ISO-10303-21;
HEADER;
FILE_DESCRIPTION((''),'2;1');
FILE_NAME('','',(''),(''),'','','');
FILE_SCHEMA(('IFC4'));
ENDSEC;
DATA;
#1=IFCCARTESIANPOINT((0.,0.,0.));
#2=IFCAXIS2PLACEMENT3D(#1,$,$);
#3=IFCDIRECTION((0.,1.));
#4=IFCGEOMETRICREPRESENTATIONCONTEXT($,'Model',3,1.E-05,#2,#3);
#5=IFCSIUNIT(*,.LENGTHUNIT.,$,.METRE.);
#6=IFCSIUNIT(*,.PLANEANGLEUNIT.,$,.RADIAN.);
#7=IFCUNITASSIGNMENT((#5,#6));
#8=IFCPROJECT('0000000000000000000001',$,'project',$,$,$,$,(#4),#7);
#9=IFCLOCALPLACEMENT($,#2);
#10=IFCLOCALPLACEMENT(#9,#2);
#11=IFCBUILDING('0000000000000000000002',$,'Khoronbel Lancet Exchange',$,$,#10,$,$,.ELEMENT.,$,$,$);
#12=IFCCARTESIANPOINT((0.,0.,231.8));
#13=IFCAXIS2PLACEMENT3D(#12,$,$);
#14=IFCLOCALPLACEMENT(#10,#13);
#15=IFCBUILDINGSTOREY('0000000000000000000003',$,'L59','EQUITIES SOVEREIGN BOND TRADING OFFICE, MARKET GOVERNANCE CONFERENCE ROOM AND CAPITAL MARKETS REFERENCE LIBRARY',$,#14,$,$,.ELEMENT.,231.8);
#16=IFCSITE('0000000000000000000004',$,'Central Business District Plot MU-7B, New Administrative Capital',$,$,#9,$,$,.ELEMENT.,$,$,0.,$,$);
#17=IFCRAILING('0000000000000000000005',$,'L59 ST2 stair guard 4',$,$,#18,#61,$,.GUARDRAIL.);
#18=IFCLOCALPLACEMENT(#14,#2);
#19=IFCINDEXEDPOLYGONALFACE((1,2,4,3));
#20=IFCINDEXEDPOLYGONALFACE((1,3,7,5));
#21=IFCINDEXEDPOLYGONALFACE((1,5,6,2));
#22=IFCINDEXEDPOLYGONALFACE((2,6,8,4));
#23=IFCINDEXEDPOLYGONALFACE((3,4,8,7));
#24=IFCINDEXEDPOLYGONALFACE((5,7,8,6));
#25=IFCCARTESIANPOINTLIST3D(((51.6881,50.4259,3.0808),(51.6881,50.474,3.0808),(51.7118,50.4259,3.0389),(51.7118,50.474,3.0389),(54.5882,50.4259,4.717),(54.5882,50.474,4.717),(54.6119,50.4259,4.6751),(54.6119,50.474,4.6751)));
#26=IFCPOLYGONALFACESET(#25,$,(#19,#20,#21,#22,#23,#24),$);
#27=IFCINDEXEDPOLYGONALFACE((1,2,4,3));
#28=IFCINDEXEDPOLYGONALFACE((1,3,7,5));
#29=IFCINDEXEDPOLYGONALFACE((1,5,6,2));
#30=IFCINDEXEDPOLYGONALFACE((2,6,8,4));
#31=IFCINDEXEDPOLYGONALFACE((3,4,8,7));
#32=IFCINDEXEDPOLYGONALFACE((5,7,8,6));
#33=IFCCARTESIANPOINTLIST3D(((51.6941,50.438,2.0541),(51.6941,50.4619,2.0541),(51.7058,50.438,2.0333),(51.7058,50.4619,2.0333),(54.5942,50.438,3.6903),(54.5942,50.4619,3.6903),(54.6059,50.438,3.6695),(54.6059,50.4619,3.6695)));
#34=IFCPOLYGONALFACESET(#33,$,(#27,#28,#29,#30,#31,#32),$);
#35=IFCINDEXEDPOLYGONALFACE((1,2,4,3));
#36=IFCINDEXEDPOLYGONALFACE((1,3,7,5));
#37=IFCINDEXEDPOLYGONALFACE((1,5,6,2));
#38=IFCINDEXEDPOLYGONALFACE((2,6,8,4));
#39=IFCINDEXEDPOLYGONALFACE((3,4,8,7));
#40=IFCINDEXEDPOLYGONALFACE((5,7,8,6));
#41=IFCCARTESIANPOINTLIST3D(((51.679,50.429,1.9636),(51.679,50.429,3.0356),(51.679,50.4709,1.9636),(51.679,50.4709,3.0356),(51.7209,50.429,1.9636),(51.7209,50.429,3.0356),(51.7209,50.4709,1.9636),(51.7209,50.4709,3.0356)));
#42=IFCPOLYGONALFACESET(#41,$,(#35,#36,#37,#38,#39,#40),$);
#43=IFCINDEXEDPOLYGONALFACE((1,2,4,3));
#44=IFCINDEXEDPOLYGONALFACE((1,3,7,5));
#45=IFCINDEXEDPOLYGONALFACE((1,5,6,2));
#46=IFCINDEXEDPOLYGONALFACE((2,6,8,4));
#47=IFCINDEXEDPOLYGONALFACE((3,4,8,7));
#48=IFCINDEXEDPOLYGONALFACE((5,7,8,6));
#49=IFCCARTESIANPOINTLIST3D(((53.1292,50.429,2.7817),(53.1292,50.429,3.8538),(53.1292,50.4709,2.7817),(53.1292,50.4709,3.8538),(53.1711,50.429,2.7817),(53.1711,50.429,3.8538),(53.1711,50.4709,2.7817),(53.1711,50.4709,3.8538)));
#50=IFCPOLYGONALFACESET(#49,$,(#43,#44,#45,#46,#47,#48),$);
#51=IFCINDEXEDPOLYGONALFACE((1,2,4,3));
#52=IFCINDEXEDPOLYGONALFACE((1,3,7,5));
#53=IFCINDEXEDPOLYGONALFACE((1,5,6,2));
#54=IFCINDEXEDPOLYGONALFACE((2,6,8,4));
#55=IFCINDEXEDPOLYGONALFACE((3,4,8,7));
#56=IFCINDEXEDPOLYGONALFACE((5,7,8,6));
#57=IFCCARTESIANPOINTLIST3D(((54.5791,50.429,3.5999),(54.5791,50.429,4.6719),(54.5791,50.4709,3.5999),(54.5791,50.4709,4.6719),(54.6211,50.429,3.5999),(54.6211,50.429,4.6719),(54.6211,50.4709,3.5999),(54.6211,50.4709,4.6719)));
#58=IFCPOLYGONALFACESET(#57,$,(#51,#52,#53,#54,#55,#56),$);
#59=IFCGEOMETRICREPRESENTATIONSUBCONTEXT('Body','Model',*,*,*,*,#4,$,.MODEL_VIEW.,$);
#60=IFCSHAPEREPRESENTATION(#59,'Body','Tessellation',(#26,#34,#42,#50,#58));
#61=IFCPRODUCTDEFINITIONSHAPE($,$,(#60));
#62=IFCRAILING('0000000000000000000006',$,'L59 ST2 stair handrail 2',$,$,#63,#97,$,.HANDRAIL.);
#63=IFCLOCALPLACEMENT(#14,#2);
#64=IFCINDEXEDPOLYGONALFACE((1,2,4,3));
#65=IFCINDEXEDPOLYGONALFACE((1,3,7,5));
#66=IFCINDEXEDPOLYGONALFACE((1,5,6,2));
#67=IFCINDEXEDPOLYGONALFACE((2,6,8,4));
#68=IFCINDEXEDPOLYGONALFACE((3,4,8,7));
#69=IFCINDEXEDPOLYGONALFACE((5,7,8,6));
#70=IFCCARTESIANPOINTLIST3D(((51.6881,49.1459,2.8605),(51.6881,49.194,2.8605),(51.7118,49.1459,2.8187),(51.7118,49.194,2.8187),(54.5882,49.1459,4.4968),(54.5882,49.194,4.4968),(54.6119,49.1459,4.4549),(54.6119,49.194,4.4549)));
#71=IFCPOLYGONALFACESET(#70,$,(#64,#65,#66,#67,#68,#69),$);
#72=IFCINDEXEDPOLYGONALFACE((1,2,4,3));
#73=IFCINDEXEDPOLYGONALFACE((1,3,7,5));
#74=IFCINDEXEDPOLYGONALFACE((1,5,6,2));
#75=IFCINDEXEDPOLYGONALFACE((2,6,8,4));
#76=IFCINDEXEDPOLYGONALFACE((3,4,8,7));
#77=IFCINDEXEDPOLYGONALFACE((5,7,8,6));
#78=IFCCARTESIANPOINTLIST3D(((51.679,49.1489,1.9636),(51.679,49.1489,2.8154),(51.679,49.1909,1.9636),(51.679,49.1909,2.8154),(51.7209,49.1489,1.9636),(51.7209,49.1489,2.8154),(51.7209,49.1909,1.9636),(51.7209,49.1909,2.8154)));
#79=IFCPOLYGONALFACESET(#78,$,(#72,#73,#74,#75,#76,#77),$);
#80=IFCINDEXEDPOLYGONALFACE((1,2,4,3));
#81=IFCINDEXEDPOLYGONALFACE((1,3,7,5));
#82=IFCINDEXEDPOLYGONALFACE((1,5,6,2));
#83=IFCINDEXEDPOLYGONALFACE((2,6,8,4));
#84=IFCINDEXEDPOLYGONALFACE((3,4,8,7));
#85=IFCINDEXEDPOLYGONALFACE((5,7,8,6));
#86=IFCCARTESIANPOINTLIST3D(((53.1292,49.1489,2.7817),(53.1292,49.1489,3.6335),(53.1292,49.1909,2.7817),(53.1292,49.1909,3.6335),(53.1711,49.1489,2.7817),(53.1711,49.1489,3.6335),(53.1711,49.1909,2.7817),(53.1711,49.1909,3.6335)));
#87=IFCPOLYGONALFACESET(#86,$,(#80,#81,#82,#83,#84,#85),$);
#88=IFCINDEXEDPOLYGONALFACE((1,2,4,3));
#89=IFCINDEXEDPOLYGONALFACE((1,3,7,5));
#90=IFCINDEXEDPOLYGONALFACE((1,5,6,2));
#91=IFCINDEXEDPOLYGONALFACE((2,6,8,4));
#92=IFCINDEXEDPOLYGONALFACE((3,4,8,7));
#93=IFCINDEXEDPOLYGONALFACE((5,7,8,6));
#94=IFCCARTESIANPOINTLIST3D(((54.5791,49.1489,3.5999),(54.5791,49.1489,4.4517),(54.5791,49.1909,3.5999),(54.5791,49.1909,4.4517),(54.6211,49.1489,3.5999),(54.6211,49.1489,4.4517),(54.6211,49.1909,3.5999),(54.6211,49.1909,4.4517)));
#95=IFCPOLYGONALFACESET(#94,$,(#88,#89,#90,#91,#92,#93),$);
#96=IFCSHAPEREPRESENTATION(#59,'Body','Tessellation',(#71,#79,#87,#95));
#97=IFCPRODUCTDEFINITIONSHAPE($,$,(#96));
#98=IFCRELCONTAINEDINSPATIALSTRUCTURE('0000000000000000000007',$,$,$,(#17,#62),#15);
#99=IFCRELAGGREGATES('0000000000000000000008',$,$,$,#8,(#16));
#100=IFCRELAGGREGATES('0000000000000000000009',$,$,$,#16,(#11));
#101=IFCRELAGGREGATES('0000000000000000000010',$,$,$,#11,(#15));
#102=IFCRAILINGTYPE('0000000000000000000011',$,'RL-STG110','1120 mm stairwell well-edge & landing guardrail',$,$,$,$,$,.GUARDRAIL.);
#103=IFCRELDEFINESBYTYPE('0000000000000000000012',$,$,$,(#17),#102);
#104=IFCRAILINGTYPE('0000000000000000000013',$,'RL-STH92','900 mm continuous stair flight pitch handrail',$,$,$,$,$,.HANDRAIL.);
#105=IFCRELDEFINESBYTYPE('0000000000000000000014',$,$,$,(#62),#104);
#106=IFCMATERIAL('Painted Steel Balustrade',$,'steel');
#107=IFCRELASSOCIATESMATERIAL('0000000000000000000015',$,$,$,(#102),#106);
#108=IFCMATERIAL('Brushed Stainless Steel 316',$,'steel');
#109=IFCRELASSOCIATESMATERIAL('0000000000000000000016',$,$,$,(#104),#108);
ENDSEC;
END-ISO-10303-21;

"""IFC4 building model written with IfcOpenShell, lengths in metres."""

from ifc_helpers import new_model, si_unit, direction, frame, origin, origin_2d, place, context, subcontext, project, spatial, rectangle, extrude, material, type_object, element, save


model = new_model("IFC4")

# Units and contexts
model_context = context("Model", 3, precision=1e-05, world=origin(), true_north=direction((0.0, 1.0)))
body_context = subcontext(model_context, "Body", "Model", "MODEL_VIEW")
ifc_project = project(units=[si_unit("LENGTHUNIT", "METRE"), si_unit("PLANEANGLEUNIT", "RADIAN")], contexts=[model_context])

# Site, building, storey
site_placement = place(None, origin())
site = spatial("IfcSite", under=ifc_project, at=site_placement, Name="Central Business District Plot MU-7B, New Administrative Capital", CompositionType="ELEMENT", RefElevation=0.0)
building_placement = place(site_placement, origin())
building = spatial("IfcBuilding", under=site, at=building_placement, Name="Khoronbel Lancet Exchange", CompositionType="ELEMENT")
storey_placement = place(building_placement, frame((0.0, 0.0, 231.8)))
storey = spatial("IfcBuildingStorey", under=building, at=storey_placement, Name="L59", Description="EQUITIES SOVEREIGN BOND TRADING OFFICE, MARKET GOVERNANCE CONFERENCE ROOM AND CAPITAL MARKETS REFERENCE LIBRARY", CompositionType="ELEMENT", Elevation=231.8)

# Railings
ifc_material_1 = material(Name="Painted Steel Balustrade", Category="steel")
railing_type_1 = type_object("IfcRailingType", Name="RL-STG110", Description="1120 mm stairwell well-edge & landing guardrail", PredefinedType="GUARDRAIL", material=ifc_material_1)
railing_1_placement = place(storey_placement, frame((51.7, 50.45, 1.9636)))
element("IfcRailing", 1, at=railing_1_placement, inside=storey, type_object=railing_type_1, Name="L59 ST2 stair guard 4", PredefinedType="GUARDRAIL", context=body_context, shape_type="SweptSolid", body=[
    extrude(rectangle(XDim=0.0481, YDim=0.0481, at=origin_2d()), frame((0.0, 0.0, 1.0962), z_axis=(0.870946, 0.0, 0.491378), x_axis=(0.0, 1.0, 0.0)), (0.0, 0.0, 1.0), 3.3298),
    extrude(rectangle(XDim=0.0239, YDim=0.0239, at=origin_2d()), frame((0.0, 0.0, 0.0801), z_axis=(0.870946, 0.0, 0.491378), x_axis=(0.0, 1.0, 0.0)), (0.0, 0.0, 1.0), 3.3298),
    extrude(rectangle(XDim=0.042, YDim=0.042, at=origin_2d()), origin(), (0.0, 0.0, 1.0), 1.072),
    extrude(rectangle(XDim=0.042, YDim=0.042, at=origin_2d()), frame((1.4502, 0.0, 0.8181)), (0.0, 0.0, 1.0), 1.072),
    extrude(rectangle(XDim=0.042, YDim=0.042, at=origin_2d()), frame((2.9001, 0.0, 1.6362)), (0.0, 0.0, 1.0), 1.072),
])
ifc_material_2 = material(Name="Brushed Stainless Steel 316", Category="steel")
railing_type_2 = type_object("IfcRailingType", Name="RL-STH92", Description="900 mm continuous stair flight pitch handrail", PredefinedType="HANDRAIL", material=ifc_material_2)
railing_2_placement = place(storey_placement, frame((51.7, 49.1699, 1.9636)))
element("IfcRailing", 2, at=railing_2_placement, inside=storey, type_object=railing_type_2, Name="L59 ST2 stair handrail 2", PredefinedType="HANDRAIL", context=body_context, shape_type="SweptSolid", body=[
    extrude(rectangle(XDim=0.0481, YDim=0.0481, at=origin_2d()), frame((0.0, 0.0, 0.876), z_axis=(0.870946, 0.0, 0.491378), x_axis=(0.0, 1.0, 0.0)), (0.0, 0.0, 1.0), 3.3298),
    extrude(rectangle(XDim=0.042, YDim=0.042, at=origin_2d()), origin(), (0.0, 0.0, 1.0), 0.8518),
    extrude(rectangle(XDim=0.042, YDim=0.042, at=origin_2d()), frame((1.4502, 0.0, 0.8181)), (0.0, 0.0, 1.0), 0.8518),
    extrude(rectangle(XDim=0.042, YDim=0.042, at=origin_2d()), frame((2.9001, 0.0, 1.6362)), (0.0, 0.0, 1.0), 0.8518),
])

save(model, "model.ifc")
